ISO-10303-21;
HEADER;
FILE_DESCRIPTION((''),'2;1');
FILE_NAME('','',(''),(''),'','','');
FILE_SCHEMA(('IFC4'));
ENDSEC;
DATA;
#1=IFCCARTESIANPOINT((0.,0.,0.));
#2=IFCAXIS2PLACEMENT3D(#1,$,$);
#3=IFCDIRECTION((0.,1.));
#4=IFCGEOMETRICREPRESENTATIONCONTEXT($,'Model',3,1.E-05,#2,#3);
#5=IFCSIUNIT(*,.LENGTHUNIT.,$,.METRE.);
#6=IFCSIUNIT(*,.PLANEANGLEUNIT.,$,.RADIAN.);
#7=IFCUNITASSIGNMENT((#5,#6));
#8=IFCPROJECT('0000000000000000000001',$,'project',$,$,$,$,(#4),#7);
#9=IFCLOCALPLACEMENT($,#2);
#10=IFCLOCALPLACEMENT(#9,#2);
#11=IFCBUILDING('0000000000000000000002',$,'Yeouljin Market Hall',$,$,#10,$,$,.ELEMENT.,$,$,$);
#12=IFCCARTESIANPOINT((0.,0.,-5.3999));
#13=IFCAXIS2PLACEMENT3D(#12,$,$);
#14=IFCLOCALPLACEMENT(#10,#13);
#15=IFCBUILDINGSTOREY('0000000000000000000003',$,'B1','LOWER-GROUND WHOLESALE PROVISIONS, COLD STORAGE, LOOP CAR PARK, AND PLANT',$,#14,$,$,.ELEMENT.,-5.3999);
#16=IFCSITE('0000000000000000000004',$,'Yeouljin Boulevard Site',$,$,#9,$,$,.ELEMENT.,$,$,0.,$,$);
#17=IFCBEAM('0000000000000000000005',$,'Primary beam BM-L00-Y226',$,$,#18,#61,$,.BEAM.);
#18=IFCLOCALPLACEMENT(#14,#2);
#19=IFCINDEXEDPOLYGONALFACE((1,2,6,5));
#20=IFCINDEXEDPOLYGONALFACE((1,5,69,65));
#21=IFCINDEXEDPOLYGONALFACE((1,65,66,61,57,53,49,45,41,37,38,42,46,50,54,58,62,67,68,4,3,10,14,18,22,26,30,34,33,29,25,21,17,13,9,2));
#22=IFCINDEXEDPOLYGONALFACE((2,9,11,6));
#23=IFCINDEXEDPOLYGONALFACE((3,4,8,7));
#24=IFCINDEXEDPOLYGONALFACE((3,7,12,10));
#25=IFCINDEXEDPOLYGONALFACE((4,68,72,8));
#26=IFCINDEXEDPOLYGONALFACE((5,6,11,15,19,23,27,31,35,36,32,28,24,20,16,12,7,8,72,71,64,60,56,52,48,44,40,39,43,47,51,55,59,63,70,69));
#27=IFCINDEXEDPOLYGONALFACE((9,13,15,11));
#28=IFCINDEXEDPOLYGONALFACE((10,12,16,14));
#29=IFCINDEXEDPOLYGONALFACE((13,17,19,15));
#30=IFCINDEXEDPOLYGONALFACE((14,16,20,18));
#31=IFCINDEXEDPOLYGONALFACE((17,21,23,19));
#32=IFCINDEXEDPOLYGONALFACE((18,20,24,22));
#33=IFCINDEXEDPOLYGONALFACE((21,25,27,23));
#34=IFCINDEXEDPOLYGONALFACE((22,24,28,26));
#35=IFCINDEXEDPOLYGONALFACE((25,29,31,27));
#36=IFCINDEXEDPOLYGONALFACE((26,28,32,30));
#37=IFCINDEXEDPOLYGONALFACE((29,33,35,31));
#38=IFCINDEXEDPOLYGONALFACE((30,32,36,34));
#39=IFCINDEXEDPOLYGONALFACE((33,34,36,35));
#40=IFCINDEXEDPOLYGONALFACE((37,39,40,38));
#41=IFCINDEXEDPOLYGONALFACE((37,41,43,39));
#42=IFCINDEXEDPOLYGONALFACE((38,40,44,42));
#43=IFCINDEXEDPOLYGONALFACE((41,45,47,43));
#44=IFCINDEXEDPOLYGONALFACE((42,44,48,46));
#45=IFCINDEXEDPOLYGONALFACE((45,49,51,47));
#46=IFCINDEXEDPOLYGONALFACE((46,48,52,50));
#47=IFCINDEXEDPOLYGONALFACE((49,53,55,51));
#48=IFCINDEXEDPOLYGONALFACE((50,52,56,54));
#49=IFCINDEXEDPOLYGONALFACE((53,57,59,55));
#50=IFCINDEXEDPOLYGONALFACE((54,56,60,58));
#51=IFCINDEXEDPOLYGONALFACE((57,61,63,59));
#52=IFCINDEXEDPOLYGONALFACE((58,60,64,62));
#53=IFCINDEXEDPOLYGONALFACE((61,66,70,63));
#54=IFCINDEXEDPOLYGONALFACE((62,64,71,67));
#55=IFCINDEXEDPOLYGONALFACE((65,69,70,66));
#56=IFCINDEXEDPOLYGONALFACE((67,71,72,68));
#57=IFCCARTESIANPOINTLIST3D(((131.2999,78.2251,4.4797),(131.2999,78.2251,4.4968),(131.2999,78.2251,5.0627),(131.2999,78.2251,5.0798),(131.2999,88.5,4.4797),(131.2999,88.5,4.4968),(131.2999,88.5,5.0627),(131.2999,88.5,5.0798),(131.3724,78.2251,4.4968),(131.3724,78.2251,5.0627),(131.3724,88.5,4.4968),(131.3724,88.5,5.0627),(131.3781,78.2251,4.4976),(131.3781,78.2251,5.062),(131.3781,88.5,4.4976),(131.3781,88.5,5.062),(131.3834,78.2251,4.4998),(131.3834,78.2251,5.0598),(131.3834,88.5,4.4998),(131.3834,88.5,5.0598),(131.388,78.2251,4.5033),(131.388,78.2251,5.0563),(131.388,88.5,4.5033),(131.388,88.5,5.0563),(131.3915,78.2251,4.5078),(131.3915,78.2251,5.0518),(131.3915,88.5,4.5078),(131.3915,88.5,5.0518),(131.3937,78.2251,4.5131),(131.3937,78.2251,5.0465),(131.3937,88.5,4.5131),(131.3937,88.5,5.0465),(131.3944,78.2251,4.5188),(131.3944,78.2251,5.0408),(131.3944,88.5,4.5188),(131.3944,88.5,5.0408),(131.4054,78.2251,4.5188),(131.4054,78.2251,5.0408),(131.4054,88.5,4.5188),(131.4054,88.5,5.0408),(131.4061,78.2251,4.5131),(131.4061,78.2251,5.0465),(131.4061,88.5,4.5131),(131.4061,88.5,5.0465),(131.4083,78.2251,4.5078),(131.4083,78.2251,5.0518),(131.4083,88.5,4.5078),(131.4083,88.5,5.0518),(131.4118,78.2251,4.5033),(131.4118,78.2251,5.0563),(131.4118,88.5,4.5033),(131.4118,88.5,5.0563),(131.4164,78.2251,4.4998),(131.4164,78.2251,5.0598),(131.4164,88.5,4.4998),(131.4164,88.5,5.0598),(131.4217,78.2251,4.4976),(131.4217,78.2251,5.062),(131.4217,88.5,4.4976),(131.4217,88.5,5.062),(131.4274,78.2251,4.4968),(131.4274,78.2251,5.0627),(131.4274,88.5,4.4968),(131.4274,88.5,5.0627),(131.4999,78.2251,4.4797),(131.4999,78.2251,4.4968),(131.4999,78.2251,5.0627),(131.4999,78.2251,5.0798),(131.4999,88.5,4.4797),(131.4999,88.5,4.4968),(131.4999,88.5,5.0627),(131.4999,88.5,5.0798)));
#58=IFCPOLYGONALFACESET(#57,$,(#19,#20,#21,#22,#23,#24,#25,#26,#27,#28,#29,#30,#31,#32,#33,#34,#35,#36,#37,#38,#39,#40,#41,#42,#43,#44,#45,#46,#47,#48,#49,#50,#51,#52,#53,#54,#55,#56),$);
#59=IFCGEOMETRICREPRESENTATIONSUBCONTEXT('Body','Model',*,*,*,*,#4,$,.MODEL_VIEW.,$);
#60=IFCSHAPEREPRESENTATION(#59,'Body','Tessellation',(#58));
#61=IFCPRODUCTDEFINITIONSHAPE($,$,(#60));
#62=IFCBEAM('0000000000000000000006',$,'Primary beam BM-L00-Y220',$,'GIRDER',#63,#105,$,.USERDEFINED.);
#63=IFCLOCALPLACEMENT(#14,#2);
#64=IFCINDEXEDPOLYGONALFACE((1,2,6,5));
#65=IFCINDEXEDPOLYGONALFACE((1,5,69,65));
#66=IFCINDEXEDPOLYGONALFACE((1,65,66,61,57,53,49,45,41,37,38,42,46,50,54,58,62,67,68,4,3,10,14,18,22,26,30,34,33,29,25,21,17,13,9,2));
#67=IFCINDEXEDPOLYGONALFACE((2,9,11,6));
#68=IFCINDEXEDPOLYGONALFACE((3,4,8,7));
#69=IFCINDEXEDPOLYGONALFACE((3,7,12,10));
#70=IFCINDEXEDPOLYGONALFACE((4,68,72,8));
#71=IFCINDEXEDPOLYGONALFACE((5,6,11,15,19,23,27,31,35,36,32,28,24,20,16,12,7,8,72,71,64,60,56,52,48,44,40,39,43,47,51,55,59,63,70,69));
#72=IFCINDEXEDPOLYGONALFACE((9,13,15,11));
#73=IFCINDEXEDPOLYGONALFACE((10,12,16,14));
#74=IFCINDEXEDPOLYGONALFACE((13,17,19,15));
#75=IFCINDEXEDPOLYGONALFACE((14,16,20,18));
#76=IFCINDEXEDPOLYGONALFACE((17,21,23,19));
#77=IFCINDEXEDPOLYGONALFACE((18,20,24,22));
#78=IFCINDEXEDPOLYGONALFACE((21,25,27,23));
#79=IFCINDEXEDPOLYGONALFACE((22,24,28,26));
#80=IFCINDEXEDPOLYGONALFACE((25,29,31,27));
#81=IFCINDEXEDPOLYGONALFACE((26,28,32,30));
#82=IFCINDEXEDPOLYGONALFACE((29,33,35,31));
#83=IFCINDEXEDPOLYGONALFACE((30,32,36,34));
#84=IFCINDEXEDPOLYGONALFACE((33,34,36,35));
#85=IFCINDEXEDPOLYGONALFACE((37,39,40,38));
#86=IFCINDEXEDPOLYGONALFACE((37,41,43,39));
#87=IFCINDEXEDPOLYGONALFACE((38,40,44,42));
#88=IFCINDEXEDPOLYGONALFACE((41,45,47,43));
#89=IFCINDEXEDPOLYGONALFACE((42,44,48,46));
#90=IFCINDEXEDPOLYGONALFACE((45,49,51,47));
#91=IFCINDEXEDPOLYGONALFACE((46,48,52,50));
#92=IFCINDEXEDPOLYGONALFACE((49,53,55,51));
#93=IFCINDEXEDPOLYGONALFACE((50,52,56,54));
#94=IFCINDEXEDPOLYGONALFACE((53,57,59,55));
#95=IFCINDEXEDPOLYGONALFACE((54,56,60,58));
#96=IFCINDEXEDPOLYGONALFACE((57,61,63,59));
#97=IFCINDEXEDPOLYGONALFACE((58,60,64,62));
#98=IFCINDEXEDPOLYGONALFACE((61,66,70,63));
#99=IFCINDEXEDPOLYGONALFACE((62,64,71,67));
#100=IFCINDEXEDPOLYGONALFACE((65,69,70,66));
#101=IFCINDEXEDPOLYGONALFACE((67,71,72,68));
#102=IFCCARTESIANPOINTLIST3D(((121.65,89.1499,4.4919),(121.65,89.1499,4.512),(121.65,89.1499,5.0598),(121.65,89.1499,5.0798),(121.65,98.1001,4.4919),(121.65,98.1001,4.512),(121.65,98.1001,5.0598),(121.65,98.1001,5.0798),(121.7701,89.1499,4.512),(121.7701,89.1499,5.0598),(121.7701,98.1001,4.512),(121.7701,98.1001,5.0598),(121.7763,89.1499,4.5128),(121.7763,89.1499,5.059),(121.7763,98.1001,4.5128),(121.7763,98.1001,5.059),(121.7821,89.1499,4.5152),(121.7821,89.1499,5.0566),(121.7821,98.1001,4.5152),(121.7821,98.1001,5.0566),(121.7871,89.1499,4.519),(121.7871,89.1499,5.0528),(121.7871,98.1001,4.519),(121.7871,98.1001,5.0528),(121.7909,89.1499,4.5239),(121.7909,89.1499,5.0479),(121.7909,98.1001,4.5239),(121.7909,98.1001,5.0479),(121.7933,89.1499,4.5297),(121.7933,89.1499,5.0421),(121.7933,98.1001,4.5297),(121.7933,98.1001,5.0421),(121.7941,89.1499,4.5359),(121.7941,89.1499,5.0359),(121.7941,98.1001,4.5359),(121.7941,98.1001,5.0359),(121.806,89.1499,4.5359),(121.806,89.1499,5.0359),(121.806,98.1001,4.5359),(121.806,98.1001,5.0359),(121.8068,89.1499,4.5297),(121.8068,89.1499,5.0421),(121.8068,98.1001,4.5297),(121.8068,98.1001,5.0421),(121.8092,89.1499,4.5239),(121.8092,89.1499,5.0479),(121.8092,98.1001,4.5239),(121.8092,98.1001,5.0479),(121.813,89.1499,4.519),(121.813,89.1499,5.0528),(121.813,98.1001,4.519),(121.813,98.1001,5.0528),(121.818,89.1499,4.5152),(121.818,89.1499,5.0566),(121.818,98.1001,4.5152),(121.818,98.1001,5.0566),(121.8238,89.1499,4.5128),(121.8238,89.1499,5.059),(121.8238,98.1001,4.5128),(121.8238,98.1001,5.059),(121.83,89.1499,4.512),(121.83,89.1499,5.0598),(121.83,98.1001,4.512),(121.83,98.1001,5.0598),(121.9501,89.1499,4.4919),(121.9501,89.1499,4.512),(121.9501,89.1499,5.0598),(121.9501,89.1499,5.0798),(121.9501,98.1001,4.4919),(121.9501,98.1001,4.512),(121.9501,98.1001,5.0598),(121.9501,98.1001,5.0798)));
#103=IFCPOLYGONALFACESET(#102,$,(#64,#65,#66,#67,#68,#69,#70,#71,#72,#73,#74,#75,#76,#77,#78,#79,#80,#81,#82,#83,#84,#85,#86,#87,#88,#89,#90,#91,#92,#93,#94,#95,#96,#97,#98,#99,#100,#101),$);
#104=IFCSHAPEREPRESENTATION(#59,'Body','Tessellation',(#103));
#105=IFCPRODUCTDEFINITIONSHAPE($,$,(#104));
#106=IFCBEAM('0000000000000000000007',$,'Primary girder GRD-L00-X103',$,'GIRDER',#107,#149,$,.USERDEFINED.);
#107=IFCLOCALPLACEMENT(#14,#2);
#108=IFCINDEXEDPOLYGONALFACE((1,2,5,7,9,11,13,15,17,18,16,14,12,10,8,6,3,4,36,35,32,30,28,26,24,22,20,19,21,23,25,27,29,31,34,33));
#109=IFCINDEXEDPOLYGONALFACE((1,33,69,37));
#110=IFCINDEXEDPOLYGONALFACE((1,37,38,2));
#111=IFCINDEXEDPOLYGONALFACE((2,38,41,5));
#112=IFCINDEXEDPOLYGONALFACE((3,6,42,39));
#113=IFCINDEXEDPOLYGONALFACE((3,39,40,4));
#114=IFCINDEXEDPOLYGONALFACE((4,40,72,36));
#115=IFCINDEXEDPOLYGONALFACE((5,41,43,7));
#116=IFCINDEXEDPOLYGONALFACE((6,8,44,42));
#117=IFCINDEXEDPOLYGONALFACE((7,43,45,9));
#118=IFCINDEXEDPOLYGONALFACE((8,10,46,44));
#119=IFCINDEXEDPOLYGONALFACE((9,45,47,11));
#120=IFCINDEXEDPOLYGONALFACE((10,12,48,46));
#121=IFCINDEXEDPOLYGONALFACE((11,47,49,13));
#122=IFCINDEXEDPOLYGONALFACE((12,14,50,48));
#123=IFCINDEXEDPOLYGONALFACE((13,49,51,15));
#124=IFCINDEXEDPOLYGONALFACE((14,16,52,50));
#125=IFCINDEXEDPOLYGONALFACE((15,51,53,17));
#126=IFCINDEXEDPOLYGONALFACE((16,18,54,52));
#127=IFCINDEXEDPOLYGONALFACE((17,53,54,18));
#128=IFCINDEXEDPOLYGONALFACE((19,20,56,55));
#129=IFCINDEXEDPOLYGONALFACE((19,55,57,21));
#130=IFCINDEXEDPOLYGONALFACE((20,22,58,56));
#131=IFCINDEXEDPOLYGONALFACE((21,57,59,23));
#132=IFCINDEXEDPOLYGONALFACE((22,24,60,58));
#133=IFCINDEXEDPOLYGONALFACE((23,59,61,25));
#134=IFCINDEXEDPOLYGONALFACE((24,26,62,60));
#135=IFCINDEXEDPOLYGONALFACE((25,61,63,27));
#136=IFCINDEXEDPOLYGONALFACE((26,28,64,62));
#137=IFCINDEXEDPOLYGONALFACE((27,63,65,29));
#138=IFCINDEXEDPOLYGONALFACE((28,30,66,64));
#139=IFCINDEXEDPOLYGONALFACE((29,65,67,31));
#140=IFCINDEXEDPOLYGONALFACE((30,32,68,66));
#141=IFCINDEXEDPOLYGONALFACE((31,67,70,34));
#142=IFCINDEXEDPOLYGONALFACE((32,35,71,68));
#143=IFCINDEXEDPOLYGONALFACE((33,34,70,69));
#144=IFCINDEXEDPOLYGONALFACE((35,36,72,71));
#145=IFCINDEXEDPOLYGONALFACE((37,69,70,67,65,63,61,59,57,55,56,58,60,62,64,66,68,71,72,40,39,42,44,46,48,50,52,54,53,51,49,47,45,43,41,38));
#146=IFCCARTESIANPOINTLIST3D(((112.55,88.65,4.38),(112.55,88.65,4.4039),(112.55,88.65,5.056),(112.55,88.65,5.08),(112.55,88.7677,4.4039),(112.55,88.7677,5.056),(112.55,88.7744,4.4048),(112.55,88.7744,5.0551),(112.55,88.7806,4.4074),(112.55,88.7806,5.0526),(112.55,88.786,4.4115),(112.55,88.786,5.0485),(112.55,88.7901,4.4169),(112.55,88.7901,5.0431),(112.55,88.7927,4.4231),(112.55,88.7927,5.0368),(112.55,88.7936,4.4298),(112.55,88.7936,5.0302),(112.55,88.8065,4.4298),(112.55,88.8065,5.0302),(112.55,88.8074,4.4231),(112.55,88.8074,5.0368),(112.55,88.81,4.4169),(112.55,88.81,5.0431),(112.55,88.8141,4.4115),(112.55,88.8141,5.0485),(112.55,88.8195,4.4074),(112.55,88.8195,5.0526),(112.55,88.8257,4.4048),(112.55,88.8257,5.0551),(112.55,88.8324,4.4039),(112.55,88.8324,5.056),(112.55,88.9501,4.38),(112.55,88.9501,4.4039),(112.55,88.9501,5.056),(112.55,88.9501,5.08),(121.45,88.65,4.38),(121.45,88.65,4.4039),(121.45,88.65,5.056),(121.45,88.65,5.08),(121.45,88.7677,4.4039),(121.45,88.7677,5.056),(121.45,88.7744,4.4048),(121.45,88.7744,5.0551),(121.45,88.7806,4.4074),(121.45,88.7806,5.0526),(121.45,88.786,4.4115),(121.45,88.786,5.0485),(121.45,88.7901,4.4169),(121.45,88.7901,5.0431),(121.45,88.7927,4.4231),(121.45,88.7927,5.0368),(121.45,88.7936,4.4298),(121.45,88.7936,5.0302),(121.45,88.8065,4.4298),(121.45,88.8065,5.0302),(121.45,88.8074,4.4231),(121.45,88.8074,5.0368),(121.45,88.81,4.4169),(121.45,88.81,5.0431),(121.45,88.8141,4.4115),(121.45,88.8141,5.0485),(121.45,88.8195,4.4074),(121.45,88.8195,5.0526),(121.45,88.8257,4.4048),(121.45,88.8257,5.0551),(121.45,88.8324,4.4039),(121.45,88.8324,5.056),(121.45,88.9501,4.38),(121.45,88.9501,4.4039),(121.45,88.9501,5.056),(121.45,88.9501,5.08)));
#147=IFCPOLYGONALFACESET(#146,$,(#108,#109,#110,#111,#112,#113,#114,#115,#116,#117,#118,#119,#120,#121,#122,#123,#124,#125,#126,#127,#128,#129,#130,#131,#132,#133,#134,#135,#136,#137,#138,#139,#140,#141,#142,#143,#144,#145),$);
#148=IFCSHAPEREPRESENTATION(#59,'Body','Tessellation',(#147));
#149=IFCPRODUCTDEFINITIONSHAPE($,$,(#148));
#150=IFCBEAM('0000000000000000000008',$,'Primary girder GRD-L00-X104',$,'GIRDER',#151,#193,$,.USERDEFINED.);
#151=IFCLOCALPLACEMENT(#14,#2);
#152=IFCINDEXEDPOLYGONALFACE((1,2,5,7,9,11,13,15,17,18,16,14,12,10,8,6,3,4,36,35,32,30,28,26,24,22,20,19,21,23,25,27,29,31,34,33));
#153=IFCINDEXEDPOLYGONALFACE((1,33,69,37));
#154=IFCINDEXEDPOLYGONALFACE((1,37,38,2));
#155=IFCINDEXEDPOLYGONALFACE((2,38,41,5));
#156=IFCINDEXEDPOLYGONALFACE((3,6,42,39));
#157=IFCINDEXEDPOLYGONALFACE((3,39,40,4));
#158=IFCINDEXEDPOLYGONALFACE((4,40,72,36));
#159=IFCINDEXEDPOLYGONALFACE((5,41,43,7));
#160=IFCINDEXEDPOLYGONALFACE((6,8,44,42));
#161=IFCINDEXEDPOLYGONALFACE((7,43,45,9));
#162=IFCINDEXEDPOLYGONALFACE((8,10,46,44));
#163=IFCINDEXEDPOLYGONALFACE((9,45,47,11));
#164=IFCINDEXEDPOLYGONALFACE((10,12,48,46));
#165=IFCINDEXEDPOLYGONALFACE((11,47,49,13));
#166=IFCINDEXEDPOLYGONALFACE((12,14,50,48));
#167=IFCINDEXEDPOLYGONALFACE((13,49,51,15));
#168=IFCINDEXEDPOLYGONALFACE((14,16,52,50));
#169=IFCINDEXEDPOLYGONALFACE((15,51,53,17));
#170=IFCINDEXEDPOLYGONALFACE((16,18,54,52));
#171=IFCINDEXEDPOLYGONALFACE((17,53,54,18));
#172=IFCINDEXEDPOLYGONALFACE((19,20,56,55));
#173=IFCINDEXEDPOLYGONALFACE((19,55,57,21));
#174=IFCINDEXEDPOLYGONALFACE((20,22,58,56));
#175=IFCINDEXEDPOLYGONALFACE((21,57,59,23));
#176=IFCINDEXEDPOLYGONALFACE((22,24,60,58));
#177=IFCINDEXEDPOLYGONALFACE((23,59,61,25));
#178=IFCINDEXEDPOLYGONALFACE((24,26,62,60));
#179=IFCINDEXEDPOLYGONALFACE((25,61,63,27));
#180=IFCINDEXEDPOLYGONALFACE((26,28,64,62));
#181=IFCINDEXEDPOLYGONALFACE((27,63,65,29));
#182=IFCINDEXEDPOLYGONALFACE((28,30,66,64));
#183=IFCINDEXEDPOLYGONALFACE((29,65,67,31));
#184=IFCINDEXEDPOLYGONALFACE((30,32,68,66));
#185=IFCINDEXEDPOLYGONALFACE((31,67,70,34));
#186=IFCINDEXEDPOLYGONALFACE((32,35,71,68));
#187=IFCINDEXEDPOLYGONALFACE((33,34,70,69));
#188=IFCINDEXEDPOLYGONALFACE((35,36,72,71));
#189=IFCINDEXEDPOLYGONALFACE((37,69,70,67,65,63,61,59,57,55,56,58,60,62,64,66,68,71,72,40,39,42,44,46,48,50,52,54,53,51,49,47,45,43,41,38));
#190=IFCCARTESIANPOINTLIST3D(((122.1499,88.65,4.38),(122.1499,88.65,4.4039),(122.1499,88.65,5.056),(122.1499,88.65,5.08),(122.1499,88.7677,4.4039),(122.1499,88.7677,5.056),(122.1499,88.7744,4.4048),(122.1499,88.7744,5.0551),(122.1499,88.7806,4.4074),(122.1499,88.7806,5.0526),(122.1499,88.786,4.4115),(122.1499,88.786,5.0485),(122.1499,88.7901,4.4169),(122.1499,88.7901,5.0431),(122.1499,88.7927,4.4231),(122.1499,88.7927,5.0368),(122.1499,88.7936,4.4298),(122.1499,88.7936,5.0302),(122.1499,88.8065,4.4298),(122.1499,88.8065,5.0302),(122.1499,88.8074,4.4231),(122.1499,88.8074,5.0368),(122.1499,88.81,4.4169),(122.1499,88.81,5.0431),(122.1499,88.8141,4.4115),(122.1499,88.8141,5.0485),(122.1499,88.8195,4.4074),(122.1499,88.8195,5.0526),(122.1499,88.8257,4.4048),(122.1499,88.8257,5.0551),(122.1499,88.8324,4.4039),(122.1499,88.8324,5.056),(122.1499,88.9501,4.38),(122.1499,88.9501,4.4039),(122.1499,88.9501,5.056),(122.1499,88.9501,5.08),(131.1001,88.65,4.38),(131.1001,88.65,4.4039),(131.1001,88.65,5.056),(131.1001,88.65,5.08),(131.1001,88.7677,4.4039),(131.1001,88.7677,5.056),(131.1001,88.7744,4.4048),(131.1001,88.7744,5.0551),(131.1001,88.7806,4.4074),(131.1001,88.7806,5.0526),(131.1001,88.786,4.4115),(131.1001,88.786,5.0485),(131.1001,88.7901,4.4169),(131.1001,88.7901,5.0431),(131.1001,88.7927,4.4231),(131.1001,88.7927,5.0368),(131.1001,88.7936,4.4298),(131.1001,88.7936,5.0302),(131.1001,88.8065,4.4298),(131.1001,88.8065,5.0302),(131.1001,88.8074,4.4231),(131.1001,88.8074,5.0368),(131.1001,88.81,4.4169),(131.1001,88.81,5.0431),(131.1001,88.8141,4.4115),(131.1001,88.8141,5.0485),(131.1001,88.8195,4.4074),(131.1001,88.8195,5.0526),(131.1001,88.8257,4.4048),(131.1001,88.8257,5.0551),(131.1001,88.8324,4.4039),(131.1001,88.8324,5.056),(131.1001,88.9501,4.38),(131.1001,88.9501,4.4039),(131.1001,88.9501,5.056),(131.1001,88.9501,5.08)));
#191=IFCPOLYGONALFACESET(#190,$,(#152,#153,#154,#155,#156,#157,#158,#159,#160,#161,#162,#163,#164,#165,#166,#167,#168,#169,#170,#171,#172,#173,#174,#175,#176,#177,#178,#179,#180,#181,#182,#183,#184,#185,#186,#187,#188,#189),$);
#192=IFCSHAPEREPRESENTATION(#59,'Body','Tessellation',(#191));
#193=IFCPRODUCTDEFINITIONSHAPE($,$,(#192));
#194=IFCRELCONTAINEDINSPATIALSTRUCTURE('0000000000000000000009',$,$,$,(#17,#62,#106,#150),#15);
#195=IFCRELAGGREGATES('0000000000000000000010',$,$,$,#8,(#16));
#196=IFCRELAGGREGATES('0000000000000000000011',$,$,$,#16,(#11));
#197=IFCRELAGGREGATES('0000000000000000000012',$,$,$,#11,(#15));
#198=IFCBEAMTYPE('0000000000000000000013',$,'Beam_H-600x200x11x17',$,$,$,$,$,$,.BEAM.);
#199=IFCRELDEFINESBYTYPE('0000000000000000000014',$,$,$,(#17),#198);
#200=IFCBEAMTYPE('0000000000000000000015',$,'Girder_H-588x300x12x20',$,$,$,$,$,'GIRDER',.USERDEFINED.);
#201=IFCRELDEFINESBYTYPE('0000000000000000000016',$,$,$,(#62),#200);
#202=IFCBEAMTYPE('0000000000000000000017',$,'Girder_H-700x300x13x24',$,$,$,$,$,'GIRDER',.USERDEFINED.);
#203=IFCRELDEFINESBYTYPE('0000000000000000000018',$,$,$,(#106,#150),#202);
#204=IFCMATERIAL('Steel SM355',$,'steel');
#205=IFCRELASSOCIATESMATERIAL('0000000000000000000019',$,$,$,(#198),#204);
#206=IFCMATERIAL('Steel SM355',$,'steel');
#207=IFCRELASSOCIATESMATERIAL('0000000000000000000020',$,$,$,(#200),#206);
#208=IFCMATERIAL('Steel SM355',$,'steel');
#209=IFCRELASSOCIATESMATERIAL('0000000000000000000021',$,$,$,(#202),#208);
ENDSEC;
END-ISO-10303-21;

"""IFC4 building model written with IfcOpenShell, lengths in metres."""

from ifc_helpers import new_model, si_unit, direction, frame, origin, origin_2d, place, context, subcontext, project, spatial, i_section, extrude, material, material_profile, profile_set, type_object, element, save


model = new_model("IFC4")

# Units and contexts
model_context = context("Model", 3, precision=1e-05, world=origin(), true_north=direction((0.0, 1.0)))
body_context = subcontext(model_context, "Body", "Model", "MODEL_VIEW")
ifc_project = project(units=[si_unit("LENGTHUNIT", "METRE"), si_unit("PLANEANGLEUNIT", "RADIAN")], contexts=[model_context])

# Site, building, storey
site_placement = place(None, origin())
site = spatial("IfcSite", under=ifc_project, at=site_placement, Name="Yeouljin Boulevard Site", CompositionType="ELEMENT", RefElevation=0.0)
building_placement = place(site_placement, origin())
building = spatial("IfcBuilding", under=site, at=building_placement, Name="Yeouljin Market Hall", CompositionType="ELEMENT")
storey_placement = place(building_placement, frame((0.0, 0.0, -5.3999)))
storey = spatial("IfcBuildingStorey", under=building, at=storey_placement, Name="B1", Description="LOWER-GROUND WHOLESALE PROVISIONS, COLD STORAGE, LOOP CAR PARK, AND PLANT", CompositionType="ELEMENT", Elevation=-5.3999)

# Beams
ifc_material_1 = material(Name="Steel SM355", Category="steel")
ifc_material_profile_1 = material_profile(ifc_material_1, i_section(OverallWidth=0.2, OverallDepth=0.6001, WebThickness=0.011, FlangeThickness=0.0171, FilletRadius=0.022, at=origin_2d()), Name="H-600x200x11x17")
ifc_profile_set_1 = profile_set([ifc_material_profile_1], Name="Steel SM355")
beam_type_1 = type_object("IfcBeamType", Name="Beam_H-600x200x11x17", PredefinedType="BEAM", material=ifc_profile_set_1)
beam_1_placement = place(storey_placement, frame((131.3999, 78.2251, 4.7798), z_axis=(0.0, 1.0, 0.0), x_axis=(-1.0, 0.0, 0.0)))
element("IfcBeam", 1, at=beam_1_placement, inside=storey, type_object=beam_type_1, Name="Primary beam BM-L00-Y226", PredefinedType="BEAM", context=body_context, shape_type="SweptSolid", body=[
    extrude(i_section(OverallWidth=0.2, OverallDepth=0.6001, WebThickness=0.011, FlangeThickness=0.0171, FilletRadius=0.022, at=origin_2d()), origin(), (0.0, 0.0, 1.0), 10.2749),
])
ifc_material_2 = material(Name="Steel SM355", Category="steel")
ifc_material_profile_2 = material_profile(ifc_material_2, i_section(OverallWidth=0.3, OverallDepth=0.5879, WebThickness=0.012, FlangeThickness=0.02, FilletRadius=0.0239, at=origin_2d()), Name="H-588x300x12x20")
ifc_profile_set_2 = profile_set([ifc_material_profile_2], Name="Steel SM355")
beam_type_2 = type_object("IfcBeamType", Name="Girder_H-588x300x12x20", ElementType="GIRDER", PredefinedType="USERDEFINED", material=ifc_profile_set_2)
beam_2_placement = place(storey_placement, frame((121.8, 89.1499, 4.7859), z_axis=(0.0, 1.0, 0.0), x_axis=(-1.0, 0.0, 0.0)))
element("IfcBeam", 2, at=beam_2_placement, inside=storey, type_object=beam_type_2, Name="Primary beam BM-L00-Y220", ObjectType="GIRDER", PredefinedType="USERDEFINED", context=body_context, shape_type="SweptSolid", body=[
    extrude(i_section(OverallWidth=0.3, OverallDepth=0.5879, WebThickness=0.012, FlangeThickness=0.02, FilletRadius=0.0239, at=origin_2d()), origin(), (0.0, 0.0, 1.0), 8.9502),
])
ifc_material_3 = material(Name="Steel SM355", Category="steel")
ifc_material_profile_3 = material_profile(ifc_material_3, i_section(OverallWidth=0.3, OverallDepth=0.7, WebThickness=0.0129, FlangeThickness=0.0239, FilletRadius=0.0259, at=origin_2d()), Name="H-700x300x13x24")
ifc_profile_set_3 = profile_set([ifc_material_profile_3], Name="Steel SM355")
beam_type_3 = type_object("IfcBeamType", Name="Girder_H-700x300x13x24", ElementType="GIRDER", PredefinedType="USERDEFINED", material=ifc_profile_set_3)
beam_3_placement = place(storey_placement, frame((112.55, 88.8, 4.73), z_axis=(1.0, 0.0, 0.0), x_axis=(0.0, 1.0, 0.0)))
element("IfcBeam", 3, at=beam_3_placement, inside=storey, type_object=beam_type_3, Name="Primary girder GRD-L00-X103", ObjectType="GIRDER", PredefinedType="USERDEFINED", context=body_context, shape_type="SweptSolid", body=[
    extrude(i_section(OverallWidth=0.3, OverallDepth=0.7, WebThickness=0.0129, FlangeThickness=0.0239, FilletRadius=0.0259, at=origin_2d()), origin(), (0.0, 0.0, 1.0), 8.8999),
])
beam_4_placement = place(storey_placement, frame((122.1499, 88.8, 4.73), z_axis=(1.0, 0.0, 0.0), x_axis=(0.0, 1.0, 0.0)))
element("IfcBeam", 4, at=beam_4_placement, inside=storey, type_object=beam_type_3, Name="Primary girder GRD-L00-X104", ObjectType="GIRDER", PredefinedType="USERDEFINED", context=body_context, shape_type="SweptSolid", body=[
    extrude(i_section(OverallWidth=0.3, OverallDepth=0.7, WebThickness=0.0129, FlangeThickness=0.0239, FilletRadius=0.0259, at=origin_2d()), origin(), (0.0, 0.0, 1.0), 8.9502),
])

save(model, "model.ifc")
